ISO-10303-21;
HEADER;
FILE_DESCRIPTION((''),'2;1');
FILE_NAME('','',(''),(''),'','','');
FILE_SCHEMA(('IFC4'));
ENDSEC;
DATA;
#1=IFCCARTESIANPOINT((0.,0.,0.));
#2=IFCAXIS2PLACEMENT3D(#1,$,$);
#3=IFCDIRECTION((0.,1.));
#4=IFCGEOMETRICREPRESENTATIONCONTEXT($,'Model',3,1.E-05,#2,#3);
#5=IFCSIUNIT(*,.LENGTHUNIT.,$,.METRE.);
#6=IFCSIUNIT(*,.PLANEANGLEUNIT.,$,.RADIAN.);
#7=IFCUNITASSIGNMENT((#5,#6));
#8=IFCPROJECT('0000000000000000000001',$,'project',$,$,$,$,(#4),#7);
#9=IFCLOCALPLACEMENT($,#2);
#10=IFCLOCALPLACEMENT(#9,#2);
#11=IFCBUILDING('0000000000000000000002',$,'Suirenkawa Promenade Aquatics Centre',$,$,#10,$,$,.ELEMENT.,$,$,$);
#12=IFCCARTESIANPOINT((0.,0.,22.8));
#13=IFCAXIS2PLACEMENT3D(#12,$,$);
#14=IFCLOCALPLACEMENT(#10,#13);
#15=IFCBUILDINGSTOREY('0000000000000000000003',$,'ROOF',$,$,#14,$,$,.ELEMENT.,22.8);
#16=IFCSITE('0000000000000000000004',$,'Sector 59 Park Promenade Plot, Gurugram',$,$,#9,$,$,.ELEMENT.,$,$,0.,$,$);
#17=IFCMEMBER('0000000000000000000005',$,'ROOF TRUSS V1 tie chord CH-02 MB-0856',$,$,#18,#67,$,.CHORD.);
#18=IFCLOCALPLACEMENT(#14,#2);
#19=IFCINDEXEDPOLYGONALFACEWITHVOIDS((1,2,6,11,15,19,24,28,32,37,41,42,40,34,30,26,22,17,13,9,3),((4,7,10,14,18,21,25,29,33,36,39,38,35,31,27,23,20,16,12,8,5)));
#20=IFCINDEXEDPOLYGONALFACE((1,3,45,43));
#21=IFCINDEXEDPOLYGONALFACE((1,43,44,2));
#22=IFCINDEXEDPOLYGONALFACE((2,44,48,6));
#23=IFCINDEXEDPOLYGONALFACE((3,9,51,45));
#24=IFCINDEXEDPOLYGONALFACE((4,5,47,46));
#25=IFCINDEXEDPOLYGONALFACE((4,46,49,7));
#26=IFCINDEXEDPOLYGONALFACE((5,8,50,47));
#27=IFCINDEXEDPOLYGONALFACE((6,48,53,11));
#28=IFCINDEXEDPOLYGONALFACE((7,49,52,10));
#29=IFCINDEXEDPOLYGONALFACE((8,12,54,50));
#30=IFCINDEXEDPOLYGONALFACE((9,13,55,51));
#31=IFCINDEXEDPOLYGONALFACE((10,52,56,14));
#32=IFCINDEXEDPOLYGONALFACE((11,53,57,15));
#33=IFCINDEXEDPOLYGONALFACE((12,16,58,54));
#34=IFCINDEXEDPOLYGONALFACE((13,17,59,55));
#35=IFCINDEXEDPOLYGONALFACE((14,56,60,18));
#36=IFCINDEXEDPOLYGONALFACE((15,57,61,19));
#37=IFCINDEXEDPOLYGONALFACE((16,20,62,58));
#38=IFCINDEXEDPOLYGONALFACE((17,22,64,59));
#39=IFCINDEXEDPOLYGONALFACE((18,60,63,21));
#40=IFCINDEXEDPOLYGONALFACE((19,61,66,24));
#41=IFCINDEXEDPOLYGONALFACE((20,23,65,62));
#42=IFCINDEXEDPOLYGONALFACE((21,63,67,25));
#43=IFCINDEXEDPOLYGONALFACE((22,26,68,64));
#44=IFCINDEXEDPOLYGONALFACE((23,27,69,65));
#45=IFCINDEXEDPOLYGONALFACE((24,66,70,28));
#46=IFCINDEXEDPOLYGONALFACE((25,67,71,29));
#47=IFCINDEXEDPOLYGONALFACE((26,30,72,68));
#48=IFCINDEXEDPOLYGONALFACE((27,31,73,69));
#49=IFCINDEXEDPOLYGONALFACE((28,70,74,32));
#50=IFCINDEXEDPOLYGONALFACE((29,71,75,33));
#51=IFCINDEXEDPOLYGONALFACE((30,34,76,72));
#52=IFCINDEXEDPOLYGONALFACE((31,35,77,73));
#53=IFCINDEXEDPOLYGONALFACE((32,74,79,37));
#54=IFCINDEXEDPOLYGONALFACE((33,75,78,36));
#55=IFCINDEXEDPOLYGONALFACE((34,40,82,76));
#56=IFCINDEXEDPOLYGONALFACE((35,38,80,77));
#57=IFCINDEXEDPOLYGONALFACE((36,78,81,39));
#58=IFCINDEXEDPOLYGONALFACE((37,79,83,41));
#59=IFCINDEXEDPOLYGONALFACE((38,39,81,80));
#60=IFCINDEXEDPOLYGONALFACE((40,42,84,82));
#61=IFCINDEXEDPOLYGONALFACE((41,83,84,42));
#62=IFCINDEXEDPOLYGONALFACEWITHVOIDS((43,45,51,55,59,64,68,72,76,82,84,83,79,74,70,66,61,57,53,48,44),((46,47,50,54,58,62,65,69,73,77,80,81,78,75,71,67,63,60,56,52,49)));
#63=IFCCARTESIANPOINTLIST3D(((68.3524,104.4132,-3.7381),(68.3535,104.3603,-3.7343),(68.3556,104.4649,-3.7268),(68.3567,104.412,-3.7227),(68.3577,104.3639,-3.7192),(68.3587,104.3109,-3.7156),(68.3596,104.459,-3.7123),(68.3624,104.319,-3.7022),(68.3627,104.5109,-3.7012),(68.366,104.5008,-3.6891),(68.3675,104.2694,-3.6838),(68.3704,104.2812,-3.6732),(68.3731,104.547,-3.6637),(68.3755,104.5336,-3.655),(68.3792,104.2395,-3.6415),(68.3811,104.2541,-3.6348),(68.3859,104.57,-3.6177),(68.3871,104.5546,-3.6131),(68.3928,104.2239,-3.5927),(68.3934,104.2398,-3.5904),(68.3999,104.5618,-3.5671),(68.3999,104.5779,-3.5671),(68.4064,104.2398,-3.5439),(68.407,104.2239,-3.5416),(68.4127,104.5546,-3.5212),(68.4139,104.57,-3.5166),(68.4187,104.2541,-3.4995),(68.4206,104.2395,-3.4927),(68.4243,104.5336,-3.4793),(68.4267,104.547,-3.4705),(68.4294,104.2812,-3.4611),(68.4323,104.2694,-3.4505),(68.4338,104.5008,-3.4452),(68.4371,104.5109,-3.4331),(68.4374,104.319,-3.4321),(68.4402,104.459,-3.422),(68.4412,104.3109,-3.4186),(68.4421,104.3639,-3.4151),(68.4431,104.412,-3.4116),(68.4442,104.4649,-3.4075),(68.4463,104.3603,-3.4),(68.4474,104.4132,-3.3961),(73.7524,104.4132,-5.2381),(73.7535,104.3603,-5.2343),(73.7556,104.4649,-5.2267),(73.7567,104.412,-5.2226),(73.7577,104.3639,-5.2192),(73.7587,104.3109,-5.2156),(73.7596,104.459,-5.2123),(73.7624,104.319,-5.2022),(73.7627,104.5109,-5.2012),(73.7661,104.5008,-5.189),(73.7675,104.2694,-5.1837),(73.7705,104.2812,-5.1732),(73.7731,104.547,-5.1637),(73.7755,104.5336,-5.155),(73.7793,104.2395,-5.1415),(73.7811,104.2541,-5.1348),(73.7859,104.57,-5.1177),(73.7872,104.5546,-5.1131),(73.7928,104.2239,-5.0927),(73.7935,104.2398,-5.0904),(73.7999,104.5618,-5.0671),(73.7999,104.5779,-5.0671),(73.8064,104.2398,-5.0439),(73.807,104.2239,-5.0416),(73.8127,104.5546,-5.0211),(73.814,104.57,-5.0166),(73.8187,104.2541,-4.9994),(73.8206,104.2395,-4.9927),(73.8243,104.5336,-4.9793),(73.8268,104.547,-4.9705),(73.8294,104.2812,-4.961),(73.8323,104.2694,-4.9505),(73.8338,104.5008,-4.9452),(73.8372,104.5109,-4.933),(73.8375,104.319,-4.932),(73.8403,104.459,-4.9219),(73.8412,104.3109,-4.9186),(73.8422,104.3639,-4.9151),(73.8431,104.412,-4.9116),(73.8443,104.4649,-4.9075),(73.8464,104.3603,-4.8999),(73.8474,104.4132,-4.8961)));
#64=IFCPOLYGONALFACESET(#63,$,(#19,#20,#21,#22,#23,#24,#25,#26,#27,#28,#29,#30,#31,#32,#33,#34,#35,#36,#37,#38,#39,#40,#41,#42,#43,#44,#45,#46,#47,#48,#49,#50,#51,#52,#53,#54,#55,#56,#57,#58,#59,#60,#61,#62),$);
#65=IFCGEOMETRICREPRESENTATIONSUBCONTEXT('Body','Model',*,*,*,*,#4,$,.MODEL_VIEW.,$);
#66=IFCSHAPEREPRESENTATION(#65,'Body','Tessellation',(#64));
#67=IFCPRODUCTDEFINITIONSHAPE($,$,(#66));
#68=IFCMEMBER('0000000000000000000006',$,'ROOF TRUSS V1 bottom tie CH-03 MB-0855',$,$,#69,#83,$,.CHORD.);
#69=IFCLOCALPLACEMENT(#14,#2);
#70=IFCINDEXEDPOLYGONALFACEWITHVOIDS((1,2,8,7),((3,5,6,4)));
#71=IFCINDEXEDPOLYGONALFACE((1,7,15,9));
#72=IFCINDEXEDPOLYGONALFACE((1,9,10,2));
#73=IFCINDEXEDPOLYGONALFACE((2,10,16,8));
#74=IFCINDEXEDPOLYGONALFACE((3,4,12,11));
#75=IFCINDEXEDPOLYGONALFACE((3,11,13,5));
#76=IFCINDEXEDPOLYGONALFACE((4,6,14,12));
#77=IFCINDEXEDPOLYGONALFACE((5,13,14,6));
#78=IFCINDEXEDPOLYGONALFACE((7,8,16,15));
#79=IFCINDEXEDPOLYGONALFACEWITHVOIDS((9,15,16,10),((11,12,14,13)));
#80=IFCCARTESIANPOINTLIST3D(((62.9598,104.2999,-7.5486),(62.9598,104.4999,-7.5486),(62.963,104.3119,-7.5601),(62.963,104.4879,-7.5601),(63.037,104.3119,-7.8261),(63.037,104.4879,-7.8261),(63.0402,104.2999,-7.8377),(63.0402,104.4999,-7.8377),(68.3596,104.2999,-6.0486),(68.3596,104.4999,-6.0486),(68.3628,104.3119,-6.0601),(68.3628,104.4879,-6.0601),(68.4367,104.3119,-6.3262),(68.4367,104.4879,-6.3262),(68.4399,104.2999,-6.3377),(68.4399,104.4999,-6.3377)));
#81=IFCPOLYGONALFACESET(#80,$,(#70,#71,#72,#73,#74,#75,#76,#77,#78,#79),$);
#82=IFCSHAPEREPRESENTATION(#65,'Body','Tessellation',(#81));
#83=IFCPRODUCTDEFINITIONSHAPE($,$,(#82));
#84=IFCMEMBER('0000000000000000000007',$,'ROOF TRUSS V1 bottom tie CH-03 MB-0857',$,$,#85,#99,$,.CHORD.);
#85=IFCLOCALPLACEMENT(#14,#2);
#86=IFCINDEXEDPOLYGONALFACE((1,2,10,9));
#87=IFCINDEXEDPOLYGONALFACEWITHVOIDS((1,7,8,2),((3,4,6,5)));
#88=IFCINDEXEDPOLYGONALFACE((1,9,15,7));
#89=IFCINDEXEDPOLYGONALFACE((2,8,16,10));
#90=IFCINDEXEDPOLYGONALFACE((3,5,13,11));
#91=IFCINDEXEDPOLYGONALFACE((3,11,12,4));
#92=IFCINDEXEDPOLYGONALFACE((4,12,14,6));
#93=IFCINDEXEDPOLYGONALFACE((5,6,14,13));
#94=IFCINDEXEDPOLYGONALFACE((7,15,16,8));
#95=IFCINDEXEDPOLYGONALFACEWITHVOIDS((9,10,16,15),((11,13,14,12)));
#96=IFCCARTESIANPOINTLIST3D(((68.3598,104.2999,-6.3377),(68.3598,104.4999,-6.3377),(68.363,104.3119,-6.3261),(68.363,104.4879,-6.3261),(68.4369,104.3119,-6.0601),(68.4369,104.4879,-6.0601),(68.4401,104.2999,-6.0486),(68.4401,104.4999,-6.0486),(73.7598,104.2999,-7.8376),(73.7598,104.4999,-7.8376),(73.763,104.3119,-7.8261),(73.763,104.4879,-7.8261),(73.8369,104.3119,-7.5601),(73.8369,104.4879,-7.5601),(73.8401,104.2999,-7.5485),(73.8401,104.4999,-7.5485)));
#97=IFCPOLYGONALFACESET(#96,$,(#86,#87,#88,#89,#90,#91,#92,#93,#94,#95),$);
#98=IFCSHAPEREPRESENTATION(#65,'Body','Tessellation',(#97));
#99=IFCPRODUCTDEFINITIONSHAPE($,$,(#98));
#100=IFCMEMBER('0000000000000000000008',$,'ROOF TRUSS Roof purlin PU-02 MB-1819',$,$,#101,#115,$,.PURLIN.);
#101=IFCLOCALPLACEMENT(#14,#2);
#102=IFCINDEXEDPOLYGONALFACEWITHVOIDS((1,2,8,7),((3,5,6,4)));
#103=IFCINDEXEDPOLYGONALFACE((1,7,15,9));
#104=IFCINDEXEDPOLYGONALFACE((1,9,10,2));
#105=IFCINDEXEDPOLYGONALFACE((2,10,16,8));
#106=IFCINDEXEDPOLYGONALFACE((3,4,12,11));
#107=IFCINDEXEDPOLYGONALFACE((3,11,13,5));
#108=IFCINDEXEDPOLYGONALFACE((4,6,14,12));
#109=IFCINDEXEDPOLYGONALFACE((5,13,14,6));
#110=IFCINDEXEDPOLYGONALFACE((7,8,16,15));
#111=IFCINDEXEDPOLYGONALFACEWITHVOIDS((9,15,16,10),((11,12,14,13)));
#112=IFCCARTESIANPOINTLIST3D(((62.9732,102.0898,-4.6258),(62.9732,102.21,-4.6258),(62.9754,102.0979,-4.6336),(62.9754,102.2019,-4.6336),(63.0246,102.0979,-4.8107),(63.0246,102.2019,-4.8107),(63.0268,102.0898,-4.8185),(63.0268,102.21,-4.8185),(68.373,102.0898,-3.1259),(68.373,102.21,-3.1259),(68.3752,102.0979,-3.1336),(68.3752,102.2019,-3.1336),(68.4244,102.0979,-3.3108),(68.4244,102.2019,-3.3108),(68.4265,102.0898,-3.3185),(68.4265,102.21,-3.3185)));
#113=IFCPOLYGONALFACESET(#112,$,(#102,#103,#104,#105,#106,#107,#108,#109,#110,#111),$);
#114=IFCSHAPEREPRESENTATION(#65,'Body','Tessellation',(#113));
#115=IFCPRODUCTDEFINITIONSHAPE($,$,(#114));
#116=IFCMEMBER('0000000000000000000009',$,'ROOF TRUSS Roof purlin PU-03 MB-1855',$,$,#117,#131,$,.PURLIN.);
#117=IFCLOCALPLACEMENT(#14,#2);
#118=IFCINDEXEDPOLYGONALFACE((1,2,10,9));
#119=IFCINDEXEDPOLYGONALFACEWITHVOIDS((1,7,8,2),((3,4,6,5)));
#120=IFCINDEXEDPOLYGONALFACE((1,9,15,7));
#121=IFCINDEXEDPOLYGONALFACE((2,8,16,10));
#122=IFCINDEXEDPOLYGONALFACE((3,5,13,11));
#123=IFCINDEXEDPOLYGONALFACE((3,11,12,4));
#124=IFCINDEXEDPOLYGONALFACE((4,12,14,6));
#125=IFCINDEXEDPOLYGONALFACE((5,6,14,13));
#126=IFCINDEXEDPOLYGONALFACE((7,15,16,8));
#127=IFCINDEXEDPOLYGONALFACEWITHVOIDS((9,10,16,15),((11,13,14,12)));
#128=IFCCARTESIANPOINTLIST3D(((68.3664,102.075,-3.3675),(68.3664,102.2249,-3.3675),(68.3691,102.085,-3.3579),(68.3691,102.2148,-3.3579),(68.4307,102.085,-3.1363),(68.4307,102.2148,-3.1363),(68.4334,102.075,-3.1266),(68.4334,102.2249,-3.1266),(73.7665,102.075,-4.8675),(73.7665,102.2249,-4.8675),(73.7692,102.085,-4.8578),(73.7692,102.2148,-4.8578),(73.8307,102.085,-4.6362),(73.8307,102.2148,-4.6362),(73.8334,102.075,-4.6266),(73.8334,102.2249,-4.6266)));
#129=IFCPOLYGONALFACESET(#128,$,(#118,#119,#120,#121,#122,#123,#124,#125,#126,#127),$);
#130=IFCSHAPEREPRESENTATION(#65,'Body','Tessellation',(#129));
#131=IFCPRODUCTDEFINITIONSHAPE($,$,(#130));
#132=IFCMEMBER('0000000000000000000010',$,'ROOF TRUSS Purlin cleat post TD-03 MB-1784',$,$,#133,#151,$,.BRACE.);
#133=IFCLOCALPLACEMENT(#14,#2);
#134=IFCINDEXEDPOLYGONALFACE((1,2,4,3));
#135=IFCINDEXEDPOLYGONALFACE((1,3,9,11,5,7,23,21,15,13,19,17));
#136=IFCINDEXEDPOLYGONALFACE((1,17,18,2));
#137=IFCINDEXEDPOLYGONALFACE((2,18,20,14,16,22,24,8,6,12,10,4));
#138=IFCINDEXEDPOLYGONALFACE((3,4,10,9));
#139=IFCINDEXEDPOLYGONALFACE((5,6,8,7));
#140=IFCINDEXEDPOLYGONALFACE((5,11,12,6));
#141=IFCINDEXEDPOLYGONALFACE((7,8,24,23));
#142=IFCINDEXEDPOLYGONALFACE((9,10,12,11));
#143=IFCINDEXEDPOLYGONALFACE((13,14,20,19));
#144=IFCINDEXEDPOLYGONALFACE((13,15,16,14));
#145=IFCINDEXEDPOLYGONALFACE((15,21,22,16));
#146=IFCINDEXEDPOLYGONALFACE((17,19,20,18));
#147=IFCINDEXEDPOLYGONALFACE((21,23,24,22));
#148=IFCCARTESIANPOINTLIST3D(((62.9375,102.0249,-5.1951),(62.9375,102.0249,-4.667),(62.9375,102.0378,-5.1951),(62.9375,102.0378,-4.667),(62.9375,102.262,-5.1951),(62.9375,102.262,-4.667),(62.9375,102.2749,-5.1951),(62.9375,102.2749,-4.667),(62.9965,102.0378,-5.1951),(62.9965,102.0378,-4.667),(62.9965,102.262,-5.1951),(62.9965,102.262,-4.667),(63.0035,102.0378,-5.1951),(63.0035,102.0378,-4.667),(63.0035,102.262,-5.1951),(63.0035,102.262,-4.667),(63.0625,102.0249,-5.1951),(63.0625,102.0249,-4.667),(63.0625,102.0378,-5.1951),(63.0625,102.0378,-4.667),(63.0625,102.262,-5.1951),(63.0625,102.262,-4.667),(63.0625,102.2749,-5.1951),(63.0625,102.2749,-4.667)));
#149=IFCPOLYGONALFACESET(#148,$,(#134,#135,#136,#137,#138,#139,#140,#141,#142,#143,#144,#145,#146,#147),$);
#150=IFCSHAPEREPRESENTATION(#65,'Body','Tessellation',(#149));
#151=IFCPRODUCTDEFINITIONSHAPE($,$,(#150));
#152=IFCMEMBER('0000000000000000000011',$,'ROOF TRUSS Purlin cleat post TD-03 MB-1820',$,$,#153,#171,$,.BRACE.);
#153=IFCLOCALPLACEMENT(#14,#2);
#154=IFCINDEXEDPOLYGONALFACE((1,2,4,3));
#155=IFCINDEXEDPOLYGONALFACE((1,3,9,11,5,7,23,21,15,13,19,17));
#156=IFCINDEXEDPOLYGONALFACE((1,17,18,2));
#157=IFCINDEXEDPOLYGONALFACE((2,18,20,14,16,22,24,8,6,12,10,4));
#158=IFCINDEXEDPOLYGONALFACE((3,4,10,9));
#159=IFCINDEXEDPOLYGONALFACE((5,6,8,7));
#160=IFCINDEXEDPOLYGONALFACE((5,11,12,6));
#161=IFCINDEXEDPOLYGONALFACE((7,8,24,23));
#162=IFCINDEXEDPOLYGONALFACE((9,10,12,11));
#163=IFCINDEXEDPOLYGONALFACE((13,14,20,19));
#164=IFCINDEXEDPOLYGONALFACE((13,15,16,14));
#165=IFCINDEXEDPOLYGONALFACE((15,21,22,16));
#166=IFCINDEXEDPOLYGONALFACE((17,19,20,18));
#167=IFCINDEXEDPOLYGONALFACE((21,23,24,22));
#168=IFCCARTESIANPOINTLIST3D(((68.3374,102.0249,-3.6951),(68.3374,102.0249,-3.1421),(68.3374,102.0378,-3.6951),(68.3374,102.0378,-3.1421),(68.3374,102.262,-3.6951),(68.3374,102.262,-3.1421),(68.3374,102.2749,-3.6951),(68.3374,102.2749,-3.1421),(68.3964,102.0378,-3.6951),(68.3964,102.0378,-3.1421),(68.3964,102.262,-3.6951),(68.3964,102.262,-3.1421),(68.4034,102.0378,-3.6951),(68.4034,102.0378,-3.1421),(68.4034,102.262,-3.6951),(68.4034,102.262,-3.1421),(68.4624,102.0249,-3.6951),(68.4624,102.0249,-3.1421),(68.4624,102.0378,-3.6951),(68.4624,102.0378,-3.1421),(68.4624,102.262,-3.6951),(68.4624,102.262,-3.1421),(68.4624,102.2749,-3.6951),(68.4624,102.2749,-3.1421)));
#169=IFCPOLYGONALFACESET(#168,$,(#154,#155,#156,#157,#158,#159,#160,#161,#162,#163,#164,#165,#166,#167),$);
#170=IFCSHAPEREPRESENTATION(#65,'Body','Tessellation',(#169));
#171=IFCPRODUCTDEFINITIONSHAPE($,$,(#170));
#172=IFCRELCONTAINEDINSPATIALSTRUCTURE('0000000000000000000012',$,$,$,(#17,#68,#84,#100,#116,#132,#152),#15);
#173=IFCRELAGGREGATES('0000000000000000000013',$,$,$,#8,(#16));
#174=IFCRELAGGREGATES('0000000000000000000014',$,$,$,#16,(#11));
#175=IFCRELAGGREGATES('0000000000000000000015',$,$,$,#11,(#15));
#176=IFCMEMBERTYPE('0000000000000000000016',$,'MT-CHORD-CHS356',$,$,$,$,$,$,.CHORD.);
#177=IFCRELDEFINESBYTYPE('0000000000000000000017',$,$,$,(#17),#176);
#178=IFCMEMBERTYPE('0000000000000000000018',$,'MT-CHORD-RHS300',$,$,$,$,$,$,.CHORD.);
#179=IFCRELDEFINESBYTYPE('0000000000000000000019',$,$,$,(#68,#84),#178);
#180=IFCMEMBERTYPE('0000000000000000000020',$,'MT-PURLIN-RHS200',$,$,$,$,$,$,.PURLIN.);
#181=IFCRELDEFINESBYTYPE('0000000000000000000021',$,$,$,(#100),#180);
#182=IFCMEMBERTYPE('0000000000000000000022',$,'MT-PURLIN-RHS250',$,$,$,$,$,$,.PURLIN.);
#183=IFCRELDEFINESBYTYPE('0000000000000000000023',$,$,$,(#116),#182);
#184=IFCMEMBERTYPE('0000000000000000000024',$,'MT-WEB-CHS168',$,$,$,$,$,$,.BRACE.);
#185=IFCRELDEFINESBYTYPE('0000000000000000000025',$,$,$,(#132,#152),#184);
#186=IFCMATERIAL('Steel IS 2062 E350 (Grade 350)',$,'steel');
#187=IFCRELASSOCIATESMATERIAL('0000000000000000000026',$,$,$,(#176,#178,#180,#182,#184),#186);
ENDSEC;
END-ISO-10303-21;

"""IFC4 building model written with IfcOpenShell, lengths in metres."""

from ifc_helpers import new_model, si_unit, direction, frame, origin, origin_2d, place, context, subcontext, project, spatial, hollow_rectangle, hollow_circle, i_section, extrude, material, material_profile, profile_set, type_object, element, save


model = new_model("IFC4")

# Units and contexts
model_context = context("Model", 3, precision=1e-05, world=origin(), true_north=direction((0.0, 1.0)))
body_context = subcontext(model_context, "Body", "Model", "MODEL_VIEW")
ifc_project = project(units=[si_unit("LENGTHUNIT", "METRE"), si_unit("PLANEANGLEUNIT", "RADIAN")], contexts=[model_context])

# Site, building, storey
site_placement = place(None, origin())
site = spatial("IfcSite", under=ifc_project, at=site_placement, Name="Sector 59 Park Promenade Plot, Gurugram", CompositionType="ELEMENT", RefElevation=0.0)
building_placement = place(site_placement, origin())
building = spatial("IfcBuilding", under=site, at=building_placement, Name="Suirenkawa Promenade Aquatics Centre", CompositionType="ELEMENT")
storey_placement = place(building_placement, frame((0.0, 0.0, 22.8)))
storey = spatial("IfcBuildingStorey", under=building, at=storey_placement, Name="ROOF", CompositionType="ELEMENT", Elevation=22.8)

# Shared definitions
ifc_material = material(Name="Steel IS 2062 E350 (Grade 350)", Category="steel")

# Members
ifc_material_profile_1 = material_profile(ifc_material, hollow_circle(Radius=0.178, WallThickness=0.0161, at=origin_2d()), Name="CHS 356x16", Category="steel")
ifc_profile_set_1 = profile_set([ifc_material_profile_1], Name="Steel IS 2062 E350 (Grade 350)")
member_type_1 = type_object("IfcMemberType", Name="MT-CHORD-CHS356", PredefinedType="CHORD", material=ifc_profile_set_1)
member_1_placement = place(storey_placement, frame((68.3999, 104.3999, -3.5671), z_axis=(0.96352, 0.0, -0.267637), x_axis=(0.0, 1.0, 0.0)))
element("IfcMember", 1, at=member_1_placement, inside=storey, type_object=member_type_1, Name="ROOF TRUSS V1 tie chord CH-02 MB-0856", PredefinedType="CHORD", context=body_context, shape_type="SweptSolid", body=[
    extrude(hollow_circle(Radius=0.178, WallThickness=0.0161, at=origin_2d()), origin(), (0.0, 0.0, 1.0), 5.6045),
])
ifc_material_profile_2 = material_profile(ifc_material, hollow_rectangle(XDim=0.2, YDim=0.3, WallThickness=0.012, at=origin_2d()), Name="RHS 300x200x12", Category="steel")
ifc_profile_set_2 = profile_set([ifc_material_profile_2], Name="Steel IS 2062 E350 (Grade 350)")
member_type_2 = type_object("IfcMemberType", Name="MT-CHORD-RHS300", PredefinedType="CHORD", material=ifc_profile_set_2)
member_2_placement = place(storey_placement, frame((63.0, 104.3999, -7.6931), z_axis=(0.963517, 0.0, 0.267648), x_axis=(0.0, 1.0, 0.0)))
element("IfcMember", 2, at=member_2_placement, inside=storey, type_object=member_type_2, Name="ROOF TRUSS V1 bottom tie CH-03 MB-0855", PredefinedType="CHORD", context=body_context, shape_type="SweptSolid", body=[
    extrude(hollow_rectangle(XDim=0.2, YDim=0.3, WallThickness=0.012, at=origin_2d()), origin(), (0.0, 0.0, 1.0), 5.6042),
])
member_3_placement = place(storey_placement, frame((68.3999, 104.3999, -6.1931), z_axis=(0.96352, 0.0, -0.267637), x_axis=(0.0, 1.0, 0.0)))
element("IfcMember", 3, at=member_3_placement, inside=storey, type_object=member_type_2, Name="ROOF TRUSS V1 bottom tie CH-03 MB-0857", PredefinedType="CHORD", context=body_context, shape_type="SweptSolid", body=[
    extrude(hollow_rectangle(XDim=0.2, YDim=0.3, WallThickness=0.012, at=origin_2d()), origin(), (0.0, 0.0, 1.0), 5.6045),
])
ifc_material_profile_3 = material_profile(ifc_material, hollow_rectangle(XDim=0.1201, YDim=0.2, WallThickness=0.0081, at=origin_2d()), Name="RHS 200x120x8", Category="steel")
ifc_profile_set_3 = profile_set([ifc_material_profile_3], Name="Steel IS 2062 E350 (Grade 350)")
member_type_3 = type_object("IfcMemberType", Name="MT-PURLIN-RHS200", PredefinedType="PURLIN", material=ifc_profile_set_3)
member_4_placement = place(storey_placement, frame((63.0, 102.1499, -4.7222), z_axis=(0.963517, 0.0, 0.267648), x_axis=(0.0, 1.0, 0.0)))
element("IfcMember", 4, at=member_4_placement, inside=storey, type_object=member_type_3, Name="ROOF TRUSS Roof purlin PU-02 MB-1819", PredefinedType="PURLIN", context=body_context, shape_type="SweptSolid", body=[
    extrude(hollow_rectangle(XDim=0.1201, YDim=0.2, WallThickness=0.0081, at=origin_2d()), origin(), (0.0, 0.0, 1.0), 5.6042),
])
ifc_material_profile_4 = material_profile(ifc_material, hollow_rectangle(XDim=0.1499, YDim=0.25, WallThickness=0.01, at=origin_2d()), Name="RHS 250x150x10", Category="steel")
ifc_profile_set_4 = profile_set([ifc_material_profile_4], Name="Steel IS 2062 E350 (Grade 350)")
member_type_4 = type_object("IfcMemberType", Name="MT-PURLIN-RHS250", PredefinedType="PURLIN", material=ifc_profile_set_4)
member_5_placement = place(storey_placement, frame((68.3999, 102.1499, -3.2471), z_axis=(0.96352, 0.0, -0.267637), x_axis=(0.0, 1.0, 0.0)))
element("IfcMember", 5, at=member_5_placement, inside=storey, type_object=member_type_4, Name="ROOF TRUSS Roof purlin PU-03 MB-1855", PredefinedType="PURLIN", context=body_context, shape_type="SweptSolid", body=[
    extrude(hollow_rectangle(XDim=0.1499, YDim=0.25, WallThickness=0.01, at=origin_2d()), origin(), (0.0, 0.0, 1.0), 5.6045),
])
ifc_material_profile_5 = material_profile(ifc_material, i_section(OverallWidth=0.125, OverallDepth=0.25, WebThickness=0.0071, FlangeThickness=0.0129, at=origin_2d()), Name="ISMB 250", Category="steel")
ifc_profile_set_5 = profile_set([ifc_material_profile_5], Name="Steel IS 2062 E350 (Grade 350)")
member_type_5 = type_object("IfcMemberType", Name="MT-WEB-CHS168", PredefinedType="BRACE", material=ifc_profile_set_5)
member_6_placement = place(storey_placement, frame((63.0, 102.1499, -5.1951), z_axis=(0.0, 0.0, 1.0), x_axis=(1.0, 0.0, 0.0)))
element("IfcMember", 6, at=member_6_placement, inside=storey, type_object=member_type_5, Name="ROOF TRUSS Purlin cleat post TD-03 MB-1784", PredefinedType="BRACE", context=body_context, shape_type="SweptSolid", body=[
    extrude(i_section(OverallWidth=0.125, OverallDepth=0.25, WebThickness=0.0071, FlangeThickness=0.0129, at=origin_2d()), origin(), (0.0, 0.0, 1.0), 0.5281),
])
member_7_placement = place(storey_placement, frame((68.3999, 102.1499, -3.6951), z_axis=(0.0, 0.0, 1.0), x_axis=(1.0, 0.0, 0.0)))
element("IfcMember", 7, at=member_7_placement, inside=storey, type_object=member_type_5, Name="ROOF TRUSS Purlin cleat post TD-03 MB-1820", PredefinedType="BRACE", context=body_context, shape_type="SweptSolid", body=[
    extrude(i_section(OverallWidth=0.125, OverallDepth=0.25, WebThickness=0.0071, FlangeThickness=0.0129, at=origin_2d()), origin(), (0.0, 0.0, 1.0), 0.553),
])

save(model, "model.ifc")
